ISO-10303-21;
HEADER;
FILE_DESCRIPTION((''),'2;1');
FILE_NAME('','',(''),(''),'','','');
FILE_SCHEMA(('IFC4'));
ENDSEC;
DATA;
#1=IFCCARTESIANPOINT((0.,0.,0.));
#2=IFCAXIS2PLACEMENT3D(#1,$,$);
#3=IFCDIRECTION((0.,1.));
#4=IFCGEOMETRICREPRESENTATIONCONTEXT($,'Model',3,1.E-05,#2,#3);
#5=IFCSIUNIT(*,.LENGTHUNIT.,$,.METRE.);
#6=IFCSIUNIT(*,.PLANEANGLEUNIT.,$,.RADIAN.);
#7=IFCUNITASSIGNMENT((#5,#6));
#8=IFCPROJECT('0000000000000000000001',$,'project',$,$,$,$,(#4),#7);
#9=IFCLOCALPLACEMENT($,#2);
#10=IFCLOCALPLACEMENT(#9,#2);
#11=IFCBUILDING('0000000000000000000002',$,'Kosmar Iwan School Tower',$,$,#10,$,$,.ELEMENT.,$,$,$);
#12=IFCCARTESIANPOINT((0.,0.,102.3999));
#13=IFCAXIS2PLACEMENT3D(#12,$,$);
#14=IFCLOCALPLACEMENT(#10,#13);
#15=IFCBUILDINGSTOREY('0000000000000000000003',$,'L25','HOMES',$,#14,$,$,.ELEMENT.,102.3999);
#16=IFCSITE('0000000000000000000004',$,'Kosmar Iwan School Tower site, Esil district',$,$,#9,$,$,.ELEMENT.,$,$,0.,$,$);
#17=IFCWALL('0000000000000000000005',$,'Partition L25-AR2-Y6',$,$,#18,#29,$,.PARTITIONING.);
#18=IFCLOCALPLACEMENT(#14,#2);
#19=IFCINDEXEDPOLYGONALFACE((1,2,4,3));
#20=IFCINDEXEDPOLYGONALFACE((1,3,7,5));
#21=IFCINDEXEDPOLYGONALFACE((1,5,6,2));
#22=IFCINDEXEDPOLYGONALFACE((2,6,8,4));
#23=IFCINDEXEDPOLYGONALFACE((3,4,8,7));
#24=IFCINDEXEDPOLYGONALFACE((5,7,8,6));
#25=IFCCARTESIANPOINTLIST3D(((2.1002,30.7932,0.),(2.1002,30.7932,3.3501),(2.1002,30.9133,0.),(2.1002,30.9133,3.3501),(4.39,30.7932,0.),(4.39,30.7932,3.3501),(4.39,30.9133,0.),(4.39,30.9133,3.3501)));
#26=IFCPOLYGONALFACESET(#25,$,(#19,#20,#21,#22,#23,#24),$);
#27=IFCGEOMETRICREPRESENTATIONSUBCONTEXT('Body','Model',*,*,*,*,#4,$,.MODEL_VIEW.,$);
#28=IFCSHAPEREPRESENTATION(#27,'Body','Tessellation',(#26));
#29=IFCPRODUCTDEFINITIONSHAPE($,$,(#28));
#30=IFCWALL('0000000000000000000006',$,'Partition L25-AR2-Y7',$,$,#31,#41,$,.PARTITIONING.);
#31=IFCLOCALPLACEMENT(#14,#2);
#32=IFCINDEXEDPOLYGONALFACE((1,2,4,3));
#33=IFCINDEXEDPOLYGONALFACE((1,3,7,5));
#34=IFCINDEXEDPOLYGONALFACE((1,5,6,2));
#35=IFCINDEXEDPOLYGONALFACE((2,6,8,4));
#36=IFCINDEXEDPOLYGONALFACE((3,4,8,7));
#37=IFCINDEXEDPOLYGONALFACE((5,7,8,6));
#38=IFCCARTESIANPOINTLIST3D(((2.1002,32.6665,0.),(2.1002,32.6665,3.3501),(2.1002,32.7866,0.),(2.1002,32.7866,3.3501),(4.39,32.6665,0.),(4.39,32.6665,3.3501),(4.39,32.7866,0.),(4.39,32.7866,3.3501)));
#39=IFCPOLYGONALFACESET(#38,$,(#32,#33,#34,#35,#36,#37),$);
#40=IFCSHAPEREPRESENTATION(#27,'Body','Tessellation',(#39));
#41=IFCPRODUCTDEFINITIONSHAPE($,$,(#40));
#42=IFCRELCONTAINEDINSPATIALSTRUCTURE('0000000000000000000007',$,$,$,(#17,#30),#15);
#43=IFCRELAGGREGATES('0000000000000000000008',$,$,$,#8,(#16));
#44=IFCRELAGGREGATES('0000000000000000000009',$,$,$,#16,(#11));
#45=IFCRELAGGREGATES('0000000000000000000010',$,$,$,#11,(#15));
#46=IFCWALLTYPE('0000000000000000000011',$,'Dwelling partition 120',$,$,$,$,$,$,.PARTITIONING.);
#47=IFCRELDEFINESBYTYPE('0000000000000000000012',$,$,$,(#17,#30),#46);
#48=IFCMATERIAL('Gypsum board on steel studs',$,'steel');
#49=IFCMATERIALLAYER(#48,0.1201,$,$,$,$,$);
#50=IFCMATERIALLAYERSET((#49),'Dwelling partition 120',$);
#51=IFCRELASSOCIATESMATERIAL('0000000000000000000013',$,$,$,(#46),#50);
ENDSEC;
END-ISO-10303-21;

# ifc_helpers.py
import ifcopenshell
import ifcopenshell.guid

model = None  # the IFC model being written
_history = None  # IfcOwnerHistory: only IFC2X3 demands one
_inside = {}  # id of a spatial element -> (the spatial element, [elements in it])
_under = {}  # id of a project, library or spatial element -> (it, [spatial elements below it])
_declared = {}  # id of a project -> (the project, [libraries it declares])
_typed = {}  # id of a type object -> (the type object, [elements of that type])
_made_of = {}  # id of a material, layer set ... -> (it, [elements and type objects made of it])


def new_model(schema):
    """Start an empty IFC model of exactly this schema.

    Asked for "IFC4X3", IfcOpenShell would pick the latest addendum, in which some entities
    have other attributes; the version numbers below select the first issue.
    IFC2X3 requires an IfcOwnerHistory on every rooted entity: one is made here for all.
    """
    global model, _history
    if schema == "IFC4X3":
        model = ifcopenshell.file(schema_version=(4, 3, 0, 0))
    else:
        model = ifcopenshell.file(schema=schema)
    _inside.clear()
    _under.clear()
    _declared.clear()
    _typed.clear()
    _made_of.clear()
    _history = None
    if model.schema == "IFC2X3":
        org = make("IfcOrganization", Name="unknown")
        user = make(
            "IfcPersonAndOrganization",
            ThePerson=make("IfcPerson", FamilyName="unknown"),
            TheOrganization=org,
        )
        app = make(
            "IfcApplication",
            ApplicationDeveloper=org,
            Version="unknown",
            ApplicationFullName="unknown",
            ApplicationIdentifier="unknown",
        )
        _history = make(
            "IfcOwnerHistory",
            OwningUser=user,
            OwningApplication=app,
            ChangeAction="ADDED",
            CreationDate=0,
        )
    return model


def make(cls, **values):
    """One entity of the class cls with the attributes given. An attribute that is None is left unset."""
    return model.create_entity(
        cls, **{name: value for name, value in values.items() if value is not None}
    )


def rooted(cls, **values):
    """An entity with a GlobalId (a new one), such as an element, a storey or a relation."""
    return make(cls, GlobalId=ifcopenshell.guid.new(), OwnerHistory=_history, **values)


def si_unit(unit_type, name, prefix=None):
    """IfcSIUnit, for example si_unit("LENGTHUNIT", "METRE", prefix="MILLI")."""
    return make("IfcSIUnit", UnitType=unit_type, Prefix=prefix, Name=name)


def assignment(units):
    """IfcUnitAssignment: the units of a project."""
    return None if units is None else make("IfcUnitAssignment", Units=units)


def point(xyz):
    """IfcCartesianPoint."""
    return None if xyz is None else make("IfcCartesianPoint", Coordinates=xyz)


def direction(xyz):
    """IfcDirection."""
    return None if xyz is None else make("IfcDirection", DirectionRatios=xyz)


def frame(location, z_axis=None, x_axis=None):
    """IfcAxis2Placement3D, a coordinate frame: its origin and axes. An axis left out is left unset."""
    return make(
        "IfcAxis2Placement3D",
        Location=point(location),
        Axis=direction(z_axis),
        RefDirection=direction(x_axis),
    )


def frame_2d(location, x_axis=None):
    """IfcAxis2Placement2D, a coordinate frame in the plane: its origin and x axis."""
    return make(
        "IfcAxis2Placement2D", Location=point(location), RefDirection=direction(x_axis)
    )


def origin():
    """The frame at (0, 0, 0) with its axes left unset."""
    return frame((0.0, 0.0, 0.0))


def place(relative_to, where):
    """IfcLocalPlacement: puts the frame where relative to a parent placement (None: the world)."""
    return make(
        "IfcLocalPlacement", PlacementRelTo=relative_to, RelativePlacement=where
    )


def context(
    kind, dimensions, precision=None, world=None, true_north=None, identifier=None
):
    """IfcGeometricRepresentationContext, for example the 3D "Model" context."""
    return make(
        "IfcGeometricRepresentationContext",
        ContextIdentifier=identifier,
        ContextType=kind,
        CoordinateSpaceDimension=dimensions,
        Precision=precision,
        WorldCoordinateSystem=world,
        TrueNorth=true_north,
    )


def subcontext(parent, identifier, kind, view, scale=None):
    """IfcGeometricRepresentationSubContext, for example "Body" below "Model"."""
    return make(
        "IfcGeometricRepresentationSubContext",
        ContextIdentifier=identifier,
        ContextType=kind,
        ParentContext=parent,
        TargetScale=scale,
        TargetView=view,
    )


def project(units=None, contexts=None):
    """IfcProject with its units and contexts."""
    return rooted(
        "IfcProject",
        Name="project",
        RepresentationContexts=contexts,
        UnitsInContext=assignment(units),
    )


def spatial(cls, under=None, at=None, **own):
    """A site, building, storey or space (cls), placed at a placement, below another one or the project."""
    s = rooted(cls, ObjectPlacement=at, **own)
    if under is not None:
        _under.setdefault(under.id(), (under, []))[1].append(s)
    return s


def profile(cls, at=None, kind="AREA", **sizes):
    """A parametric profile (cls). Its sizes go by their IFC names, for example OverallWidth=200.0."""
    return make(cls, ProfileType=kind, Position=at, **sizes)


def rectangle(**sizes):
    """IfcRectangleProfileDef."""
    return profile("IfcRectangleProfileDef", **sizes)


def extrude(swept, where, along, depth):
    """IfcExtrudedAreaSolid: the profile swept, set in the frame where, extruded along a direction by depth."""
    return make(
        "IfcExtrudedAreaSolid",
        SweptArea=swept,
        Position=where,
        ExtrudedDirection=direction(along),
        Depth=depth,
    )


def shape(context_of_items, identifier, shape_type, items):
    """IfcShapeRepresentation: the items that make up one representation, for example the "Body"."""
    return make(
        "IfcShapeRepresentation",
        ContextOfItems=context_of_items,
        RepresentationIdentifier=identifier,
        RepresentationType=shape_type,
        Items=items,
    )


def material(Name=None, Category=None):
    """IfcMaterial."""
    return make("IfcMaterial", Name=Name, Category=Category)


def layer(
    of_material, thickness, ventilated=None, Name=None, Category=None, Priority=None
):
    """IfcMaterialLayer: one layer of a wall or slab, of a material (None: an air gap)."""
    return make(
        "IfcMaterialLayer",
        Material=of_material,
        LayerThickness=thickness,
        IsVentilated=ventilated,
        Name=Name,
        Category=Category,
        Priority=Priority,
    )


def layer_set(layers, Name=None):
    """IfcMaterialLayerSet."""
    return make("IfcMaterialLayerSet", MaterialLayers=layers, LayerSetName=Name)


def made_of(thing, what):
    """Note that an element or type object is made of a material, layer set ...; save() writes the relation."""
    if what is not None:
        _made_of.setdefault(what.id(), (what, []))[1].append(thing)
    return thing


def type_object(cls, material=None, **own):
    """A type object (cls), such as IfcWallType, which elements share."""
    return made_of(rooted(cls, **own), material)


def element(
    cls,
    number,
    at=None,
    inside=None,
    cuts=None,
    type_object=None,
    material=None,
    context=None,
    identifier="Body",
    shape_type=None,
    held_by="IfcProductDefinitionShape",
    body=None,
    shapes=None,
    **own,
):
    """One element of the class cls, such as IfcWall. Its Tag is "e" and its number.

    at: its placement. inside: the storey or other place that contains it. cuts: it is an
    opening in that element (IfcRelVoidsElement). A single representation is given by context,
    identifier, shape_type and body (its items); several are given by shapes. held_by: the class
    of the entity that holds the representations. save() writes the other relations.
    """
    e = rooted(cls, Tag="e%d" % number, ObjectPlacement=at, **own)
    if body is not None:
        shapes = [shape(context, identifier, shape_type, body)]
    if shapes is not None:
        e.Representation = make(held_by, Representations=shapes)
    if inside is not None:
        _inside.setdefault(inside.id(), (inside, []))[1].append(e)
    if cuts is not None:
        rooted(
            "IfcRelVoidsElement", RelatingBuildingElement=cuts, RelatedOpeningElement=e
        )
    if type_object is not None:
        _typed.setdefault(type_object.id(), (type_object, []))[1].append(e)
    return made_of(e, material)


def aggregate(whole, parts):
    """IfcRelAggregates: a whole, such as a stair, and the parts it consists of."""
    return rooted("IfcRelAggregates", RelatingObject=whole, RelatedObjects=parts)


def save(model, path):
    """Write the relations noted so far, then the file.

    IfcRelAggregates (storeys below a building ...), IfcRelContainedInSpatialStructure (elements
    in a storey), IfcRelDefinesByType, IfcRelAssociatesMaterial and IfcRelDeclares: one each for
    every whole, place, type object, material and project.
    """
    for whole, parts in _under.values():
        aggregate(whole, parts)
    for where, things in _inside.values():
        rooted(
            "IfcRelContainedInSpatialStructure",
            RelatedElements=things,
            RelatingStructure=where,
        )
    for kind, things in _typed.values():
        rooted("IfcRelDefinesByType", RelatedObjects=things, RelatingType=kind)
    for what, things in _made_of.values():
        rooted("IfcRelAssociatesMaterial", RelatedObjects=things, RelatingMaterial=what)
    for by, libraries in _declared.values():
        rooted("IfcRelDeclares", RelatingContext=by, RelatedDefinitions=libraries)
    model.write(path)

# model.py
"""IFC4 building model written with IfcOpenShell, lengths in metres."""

from ifc_helpers import new_model, si_unit, direction, frame, frame_2d, origin, place, context, subcontext, project, spatial, rectangle, extrude, material, layer, layer_set, type_object, element, save


model = new_model("IFC4")

# Units and contexts
model_context = context("Model", 3, precision=1e-05, world=origin(), true_north=direction((0.0, 1.0)))
body_context = subcontext(model_context, "Body", "Model", "MODEL_VIEW")
ifc_project = project(units=[si_unit("LENGTHUNIT", "METRE"), si_unit("PLANEANGLEUNIT", "RADIAN")], contexts=[model_context])

# Site, building, storey
site_placement = place(None, origin())
site = spatial("IfcSite", under=ifc_project, at=site_placement, Name="Kosmar Iwan School Tower site, Esil district", CompositionType="ELEMENT", RefElevation=0.0)
building_placement = place(site_placement, origin())
building = spatial("IfcBuilding", under=site, at=building_placement, Name="Kosmar Iwan School Tower", CompositionType="ELEMENT")
storey_placement = place(building_placement, frame((0.0, 0.0, 102.3999)))
storey = spatial("IfcBuildingStorey", under=building, at=storey_placement, Name="L25", Description="HOMES", CompositionType="ELEMENT", Elevation=102.3999)

# Walls
ifc_material_1 = material(Name="Gypsum board on steel studs", Category="steel")
ifc_layer_1 = layer(ifc_material_1, 0.1201)
ifc_layer_set_1 = layer_set([ifc_layer_1], Name="Dwelling partition 120")
wall_type = type_object("IfcWallType", Name="Dwelling partition 120", PredefinedType="PARTITIONING", material=ifc_layer_set_1)
for number, where, z_axis, x_axis, name in (
    (1, (2.1001, 30.8533, 0.0), (0.0, 0.0, 1.0), (1.0, 0.0, 0.0), "Partition L25-AR2-Y6"),
    (2, (2.1001, 32.7266, 0.0), (0.0, 0.0, 1.0), (1.0, 0.0, 0.0), "Partition L25-AR2-Y7"),
):
    element("IfcWall", number, at=place(storey_placement, frame(where, z_axis=z_axis, x_axis=x_axis)), inside=storey, type_object=wall_type, Name=name, PredefinedType="PARTITIONING", context=body_context, shape_type="SweptSolid", body=[
        extrude(rectangle(XDim=2.2898, YDim=0.1201, at=frame_2d((1.145, 0.0))), origin(), (0.0, 0.0, 1.0), 3.3501),
    ])

save(model, "model.ifc")
